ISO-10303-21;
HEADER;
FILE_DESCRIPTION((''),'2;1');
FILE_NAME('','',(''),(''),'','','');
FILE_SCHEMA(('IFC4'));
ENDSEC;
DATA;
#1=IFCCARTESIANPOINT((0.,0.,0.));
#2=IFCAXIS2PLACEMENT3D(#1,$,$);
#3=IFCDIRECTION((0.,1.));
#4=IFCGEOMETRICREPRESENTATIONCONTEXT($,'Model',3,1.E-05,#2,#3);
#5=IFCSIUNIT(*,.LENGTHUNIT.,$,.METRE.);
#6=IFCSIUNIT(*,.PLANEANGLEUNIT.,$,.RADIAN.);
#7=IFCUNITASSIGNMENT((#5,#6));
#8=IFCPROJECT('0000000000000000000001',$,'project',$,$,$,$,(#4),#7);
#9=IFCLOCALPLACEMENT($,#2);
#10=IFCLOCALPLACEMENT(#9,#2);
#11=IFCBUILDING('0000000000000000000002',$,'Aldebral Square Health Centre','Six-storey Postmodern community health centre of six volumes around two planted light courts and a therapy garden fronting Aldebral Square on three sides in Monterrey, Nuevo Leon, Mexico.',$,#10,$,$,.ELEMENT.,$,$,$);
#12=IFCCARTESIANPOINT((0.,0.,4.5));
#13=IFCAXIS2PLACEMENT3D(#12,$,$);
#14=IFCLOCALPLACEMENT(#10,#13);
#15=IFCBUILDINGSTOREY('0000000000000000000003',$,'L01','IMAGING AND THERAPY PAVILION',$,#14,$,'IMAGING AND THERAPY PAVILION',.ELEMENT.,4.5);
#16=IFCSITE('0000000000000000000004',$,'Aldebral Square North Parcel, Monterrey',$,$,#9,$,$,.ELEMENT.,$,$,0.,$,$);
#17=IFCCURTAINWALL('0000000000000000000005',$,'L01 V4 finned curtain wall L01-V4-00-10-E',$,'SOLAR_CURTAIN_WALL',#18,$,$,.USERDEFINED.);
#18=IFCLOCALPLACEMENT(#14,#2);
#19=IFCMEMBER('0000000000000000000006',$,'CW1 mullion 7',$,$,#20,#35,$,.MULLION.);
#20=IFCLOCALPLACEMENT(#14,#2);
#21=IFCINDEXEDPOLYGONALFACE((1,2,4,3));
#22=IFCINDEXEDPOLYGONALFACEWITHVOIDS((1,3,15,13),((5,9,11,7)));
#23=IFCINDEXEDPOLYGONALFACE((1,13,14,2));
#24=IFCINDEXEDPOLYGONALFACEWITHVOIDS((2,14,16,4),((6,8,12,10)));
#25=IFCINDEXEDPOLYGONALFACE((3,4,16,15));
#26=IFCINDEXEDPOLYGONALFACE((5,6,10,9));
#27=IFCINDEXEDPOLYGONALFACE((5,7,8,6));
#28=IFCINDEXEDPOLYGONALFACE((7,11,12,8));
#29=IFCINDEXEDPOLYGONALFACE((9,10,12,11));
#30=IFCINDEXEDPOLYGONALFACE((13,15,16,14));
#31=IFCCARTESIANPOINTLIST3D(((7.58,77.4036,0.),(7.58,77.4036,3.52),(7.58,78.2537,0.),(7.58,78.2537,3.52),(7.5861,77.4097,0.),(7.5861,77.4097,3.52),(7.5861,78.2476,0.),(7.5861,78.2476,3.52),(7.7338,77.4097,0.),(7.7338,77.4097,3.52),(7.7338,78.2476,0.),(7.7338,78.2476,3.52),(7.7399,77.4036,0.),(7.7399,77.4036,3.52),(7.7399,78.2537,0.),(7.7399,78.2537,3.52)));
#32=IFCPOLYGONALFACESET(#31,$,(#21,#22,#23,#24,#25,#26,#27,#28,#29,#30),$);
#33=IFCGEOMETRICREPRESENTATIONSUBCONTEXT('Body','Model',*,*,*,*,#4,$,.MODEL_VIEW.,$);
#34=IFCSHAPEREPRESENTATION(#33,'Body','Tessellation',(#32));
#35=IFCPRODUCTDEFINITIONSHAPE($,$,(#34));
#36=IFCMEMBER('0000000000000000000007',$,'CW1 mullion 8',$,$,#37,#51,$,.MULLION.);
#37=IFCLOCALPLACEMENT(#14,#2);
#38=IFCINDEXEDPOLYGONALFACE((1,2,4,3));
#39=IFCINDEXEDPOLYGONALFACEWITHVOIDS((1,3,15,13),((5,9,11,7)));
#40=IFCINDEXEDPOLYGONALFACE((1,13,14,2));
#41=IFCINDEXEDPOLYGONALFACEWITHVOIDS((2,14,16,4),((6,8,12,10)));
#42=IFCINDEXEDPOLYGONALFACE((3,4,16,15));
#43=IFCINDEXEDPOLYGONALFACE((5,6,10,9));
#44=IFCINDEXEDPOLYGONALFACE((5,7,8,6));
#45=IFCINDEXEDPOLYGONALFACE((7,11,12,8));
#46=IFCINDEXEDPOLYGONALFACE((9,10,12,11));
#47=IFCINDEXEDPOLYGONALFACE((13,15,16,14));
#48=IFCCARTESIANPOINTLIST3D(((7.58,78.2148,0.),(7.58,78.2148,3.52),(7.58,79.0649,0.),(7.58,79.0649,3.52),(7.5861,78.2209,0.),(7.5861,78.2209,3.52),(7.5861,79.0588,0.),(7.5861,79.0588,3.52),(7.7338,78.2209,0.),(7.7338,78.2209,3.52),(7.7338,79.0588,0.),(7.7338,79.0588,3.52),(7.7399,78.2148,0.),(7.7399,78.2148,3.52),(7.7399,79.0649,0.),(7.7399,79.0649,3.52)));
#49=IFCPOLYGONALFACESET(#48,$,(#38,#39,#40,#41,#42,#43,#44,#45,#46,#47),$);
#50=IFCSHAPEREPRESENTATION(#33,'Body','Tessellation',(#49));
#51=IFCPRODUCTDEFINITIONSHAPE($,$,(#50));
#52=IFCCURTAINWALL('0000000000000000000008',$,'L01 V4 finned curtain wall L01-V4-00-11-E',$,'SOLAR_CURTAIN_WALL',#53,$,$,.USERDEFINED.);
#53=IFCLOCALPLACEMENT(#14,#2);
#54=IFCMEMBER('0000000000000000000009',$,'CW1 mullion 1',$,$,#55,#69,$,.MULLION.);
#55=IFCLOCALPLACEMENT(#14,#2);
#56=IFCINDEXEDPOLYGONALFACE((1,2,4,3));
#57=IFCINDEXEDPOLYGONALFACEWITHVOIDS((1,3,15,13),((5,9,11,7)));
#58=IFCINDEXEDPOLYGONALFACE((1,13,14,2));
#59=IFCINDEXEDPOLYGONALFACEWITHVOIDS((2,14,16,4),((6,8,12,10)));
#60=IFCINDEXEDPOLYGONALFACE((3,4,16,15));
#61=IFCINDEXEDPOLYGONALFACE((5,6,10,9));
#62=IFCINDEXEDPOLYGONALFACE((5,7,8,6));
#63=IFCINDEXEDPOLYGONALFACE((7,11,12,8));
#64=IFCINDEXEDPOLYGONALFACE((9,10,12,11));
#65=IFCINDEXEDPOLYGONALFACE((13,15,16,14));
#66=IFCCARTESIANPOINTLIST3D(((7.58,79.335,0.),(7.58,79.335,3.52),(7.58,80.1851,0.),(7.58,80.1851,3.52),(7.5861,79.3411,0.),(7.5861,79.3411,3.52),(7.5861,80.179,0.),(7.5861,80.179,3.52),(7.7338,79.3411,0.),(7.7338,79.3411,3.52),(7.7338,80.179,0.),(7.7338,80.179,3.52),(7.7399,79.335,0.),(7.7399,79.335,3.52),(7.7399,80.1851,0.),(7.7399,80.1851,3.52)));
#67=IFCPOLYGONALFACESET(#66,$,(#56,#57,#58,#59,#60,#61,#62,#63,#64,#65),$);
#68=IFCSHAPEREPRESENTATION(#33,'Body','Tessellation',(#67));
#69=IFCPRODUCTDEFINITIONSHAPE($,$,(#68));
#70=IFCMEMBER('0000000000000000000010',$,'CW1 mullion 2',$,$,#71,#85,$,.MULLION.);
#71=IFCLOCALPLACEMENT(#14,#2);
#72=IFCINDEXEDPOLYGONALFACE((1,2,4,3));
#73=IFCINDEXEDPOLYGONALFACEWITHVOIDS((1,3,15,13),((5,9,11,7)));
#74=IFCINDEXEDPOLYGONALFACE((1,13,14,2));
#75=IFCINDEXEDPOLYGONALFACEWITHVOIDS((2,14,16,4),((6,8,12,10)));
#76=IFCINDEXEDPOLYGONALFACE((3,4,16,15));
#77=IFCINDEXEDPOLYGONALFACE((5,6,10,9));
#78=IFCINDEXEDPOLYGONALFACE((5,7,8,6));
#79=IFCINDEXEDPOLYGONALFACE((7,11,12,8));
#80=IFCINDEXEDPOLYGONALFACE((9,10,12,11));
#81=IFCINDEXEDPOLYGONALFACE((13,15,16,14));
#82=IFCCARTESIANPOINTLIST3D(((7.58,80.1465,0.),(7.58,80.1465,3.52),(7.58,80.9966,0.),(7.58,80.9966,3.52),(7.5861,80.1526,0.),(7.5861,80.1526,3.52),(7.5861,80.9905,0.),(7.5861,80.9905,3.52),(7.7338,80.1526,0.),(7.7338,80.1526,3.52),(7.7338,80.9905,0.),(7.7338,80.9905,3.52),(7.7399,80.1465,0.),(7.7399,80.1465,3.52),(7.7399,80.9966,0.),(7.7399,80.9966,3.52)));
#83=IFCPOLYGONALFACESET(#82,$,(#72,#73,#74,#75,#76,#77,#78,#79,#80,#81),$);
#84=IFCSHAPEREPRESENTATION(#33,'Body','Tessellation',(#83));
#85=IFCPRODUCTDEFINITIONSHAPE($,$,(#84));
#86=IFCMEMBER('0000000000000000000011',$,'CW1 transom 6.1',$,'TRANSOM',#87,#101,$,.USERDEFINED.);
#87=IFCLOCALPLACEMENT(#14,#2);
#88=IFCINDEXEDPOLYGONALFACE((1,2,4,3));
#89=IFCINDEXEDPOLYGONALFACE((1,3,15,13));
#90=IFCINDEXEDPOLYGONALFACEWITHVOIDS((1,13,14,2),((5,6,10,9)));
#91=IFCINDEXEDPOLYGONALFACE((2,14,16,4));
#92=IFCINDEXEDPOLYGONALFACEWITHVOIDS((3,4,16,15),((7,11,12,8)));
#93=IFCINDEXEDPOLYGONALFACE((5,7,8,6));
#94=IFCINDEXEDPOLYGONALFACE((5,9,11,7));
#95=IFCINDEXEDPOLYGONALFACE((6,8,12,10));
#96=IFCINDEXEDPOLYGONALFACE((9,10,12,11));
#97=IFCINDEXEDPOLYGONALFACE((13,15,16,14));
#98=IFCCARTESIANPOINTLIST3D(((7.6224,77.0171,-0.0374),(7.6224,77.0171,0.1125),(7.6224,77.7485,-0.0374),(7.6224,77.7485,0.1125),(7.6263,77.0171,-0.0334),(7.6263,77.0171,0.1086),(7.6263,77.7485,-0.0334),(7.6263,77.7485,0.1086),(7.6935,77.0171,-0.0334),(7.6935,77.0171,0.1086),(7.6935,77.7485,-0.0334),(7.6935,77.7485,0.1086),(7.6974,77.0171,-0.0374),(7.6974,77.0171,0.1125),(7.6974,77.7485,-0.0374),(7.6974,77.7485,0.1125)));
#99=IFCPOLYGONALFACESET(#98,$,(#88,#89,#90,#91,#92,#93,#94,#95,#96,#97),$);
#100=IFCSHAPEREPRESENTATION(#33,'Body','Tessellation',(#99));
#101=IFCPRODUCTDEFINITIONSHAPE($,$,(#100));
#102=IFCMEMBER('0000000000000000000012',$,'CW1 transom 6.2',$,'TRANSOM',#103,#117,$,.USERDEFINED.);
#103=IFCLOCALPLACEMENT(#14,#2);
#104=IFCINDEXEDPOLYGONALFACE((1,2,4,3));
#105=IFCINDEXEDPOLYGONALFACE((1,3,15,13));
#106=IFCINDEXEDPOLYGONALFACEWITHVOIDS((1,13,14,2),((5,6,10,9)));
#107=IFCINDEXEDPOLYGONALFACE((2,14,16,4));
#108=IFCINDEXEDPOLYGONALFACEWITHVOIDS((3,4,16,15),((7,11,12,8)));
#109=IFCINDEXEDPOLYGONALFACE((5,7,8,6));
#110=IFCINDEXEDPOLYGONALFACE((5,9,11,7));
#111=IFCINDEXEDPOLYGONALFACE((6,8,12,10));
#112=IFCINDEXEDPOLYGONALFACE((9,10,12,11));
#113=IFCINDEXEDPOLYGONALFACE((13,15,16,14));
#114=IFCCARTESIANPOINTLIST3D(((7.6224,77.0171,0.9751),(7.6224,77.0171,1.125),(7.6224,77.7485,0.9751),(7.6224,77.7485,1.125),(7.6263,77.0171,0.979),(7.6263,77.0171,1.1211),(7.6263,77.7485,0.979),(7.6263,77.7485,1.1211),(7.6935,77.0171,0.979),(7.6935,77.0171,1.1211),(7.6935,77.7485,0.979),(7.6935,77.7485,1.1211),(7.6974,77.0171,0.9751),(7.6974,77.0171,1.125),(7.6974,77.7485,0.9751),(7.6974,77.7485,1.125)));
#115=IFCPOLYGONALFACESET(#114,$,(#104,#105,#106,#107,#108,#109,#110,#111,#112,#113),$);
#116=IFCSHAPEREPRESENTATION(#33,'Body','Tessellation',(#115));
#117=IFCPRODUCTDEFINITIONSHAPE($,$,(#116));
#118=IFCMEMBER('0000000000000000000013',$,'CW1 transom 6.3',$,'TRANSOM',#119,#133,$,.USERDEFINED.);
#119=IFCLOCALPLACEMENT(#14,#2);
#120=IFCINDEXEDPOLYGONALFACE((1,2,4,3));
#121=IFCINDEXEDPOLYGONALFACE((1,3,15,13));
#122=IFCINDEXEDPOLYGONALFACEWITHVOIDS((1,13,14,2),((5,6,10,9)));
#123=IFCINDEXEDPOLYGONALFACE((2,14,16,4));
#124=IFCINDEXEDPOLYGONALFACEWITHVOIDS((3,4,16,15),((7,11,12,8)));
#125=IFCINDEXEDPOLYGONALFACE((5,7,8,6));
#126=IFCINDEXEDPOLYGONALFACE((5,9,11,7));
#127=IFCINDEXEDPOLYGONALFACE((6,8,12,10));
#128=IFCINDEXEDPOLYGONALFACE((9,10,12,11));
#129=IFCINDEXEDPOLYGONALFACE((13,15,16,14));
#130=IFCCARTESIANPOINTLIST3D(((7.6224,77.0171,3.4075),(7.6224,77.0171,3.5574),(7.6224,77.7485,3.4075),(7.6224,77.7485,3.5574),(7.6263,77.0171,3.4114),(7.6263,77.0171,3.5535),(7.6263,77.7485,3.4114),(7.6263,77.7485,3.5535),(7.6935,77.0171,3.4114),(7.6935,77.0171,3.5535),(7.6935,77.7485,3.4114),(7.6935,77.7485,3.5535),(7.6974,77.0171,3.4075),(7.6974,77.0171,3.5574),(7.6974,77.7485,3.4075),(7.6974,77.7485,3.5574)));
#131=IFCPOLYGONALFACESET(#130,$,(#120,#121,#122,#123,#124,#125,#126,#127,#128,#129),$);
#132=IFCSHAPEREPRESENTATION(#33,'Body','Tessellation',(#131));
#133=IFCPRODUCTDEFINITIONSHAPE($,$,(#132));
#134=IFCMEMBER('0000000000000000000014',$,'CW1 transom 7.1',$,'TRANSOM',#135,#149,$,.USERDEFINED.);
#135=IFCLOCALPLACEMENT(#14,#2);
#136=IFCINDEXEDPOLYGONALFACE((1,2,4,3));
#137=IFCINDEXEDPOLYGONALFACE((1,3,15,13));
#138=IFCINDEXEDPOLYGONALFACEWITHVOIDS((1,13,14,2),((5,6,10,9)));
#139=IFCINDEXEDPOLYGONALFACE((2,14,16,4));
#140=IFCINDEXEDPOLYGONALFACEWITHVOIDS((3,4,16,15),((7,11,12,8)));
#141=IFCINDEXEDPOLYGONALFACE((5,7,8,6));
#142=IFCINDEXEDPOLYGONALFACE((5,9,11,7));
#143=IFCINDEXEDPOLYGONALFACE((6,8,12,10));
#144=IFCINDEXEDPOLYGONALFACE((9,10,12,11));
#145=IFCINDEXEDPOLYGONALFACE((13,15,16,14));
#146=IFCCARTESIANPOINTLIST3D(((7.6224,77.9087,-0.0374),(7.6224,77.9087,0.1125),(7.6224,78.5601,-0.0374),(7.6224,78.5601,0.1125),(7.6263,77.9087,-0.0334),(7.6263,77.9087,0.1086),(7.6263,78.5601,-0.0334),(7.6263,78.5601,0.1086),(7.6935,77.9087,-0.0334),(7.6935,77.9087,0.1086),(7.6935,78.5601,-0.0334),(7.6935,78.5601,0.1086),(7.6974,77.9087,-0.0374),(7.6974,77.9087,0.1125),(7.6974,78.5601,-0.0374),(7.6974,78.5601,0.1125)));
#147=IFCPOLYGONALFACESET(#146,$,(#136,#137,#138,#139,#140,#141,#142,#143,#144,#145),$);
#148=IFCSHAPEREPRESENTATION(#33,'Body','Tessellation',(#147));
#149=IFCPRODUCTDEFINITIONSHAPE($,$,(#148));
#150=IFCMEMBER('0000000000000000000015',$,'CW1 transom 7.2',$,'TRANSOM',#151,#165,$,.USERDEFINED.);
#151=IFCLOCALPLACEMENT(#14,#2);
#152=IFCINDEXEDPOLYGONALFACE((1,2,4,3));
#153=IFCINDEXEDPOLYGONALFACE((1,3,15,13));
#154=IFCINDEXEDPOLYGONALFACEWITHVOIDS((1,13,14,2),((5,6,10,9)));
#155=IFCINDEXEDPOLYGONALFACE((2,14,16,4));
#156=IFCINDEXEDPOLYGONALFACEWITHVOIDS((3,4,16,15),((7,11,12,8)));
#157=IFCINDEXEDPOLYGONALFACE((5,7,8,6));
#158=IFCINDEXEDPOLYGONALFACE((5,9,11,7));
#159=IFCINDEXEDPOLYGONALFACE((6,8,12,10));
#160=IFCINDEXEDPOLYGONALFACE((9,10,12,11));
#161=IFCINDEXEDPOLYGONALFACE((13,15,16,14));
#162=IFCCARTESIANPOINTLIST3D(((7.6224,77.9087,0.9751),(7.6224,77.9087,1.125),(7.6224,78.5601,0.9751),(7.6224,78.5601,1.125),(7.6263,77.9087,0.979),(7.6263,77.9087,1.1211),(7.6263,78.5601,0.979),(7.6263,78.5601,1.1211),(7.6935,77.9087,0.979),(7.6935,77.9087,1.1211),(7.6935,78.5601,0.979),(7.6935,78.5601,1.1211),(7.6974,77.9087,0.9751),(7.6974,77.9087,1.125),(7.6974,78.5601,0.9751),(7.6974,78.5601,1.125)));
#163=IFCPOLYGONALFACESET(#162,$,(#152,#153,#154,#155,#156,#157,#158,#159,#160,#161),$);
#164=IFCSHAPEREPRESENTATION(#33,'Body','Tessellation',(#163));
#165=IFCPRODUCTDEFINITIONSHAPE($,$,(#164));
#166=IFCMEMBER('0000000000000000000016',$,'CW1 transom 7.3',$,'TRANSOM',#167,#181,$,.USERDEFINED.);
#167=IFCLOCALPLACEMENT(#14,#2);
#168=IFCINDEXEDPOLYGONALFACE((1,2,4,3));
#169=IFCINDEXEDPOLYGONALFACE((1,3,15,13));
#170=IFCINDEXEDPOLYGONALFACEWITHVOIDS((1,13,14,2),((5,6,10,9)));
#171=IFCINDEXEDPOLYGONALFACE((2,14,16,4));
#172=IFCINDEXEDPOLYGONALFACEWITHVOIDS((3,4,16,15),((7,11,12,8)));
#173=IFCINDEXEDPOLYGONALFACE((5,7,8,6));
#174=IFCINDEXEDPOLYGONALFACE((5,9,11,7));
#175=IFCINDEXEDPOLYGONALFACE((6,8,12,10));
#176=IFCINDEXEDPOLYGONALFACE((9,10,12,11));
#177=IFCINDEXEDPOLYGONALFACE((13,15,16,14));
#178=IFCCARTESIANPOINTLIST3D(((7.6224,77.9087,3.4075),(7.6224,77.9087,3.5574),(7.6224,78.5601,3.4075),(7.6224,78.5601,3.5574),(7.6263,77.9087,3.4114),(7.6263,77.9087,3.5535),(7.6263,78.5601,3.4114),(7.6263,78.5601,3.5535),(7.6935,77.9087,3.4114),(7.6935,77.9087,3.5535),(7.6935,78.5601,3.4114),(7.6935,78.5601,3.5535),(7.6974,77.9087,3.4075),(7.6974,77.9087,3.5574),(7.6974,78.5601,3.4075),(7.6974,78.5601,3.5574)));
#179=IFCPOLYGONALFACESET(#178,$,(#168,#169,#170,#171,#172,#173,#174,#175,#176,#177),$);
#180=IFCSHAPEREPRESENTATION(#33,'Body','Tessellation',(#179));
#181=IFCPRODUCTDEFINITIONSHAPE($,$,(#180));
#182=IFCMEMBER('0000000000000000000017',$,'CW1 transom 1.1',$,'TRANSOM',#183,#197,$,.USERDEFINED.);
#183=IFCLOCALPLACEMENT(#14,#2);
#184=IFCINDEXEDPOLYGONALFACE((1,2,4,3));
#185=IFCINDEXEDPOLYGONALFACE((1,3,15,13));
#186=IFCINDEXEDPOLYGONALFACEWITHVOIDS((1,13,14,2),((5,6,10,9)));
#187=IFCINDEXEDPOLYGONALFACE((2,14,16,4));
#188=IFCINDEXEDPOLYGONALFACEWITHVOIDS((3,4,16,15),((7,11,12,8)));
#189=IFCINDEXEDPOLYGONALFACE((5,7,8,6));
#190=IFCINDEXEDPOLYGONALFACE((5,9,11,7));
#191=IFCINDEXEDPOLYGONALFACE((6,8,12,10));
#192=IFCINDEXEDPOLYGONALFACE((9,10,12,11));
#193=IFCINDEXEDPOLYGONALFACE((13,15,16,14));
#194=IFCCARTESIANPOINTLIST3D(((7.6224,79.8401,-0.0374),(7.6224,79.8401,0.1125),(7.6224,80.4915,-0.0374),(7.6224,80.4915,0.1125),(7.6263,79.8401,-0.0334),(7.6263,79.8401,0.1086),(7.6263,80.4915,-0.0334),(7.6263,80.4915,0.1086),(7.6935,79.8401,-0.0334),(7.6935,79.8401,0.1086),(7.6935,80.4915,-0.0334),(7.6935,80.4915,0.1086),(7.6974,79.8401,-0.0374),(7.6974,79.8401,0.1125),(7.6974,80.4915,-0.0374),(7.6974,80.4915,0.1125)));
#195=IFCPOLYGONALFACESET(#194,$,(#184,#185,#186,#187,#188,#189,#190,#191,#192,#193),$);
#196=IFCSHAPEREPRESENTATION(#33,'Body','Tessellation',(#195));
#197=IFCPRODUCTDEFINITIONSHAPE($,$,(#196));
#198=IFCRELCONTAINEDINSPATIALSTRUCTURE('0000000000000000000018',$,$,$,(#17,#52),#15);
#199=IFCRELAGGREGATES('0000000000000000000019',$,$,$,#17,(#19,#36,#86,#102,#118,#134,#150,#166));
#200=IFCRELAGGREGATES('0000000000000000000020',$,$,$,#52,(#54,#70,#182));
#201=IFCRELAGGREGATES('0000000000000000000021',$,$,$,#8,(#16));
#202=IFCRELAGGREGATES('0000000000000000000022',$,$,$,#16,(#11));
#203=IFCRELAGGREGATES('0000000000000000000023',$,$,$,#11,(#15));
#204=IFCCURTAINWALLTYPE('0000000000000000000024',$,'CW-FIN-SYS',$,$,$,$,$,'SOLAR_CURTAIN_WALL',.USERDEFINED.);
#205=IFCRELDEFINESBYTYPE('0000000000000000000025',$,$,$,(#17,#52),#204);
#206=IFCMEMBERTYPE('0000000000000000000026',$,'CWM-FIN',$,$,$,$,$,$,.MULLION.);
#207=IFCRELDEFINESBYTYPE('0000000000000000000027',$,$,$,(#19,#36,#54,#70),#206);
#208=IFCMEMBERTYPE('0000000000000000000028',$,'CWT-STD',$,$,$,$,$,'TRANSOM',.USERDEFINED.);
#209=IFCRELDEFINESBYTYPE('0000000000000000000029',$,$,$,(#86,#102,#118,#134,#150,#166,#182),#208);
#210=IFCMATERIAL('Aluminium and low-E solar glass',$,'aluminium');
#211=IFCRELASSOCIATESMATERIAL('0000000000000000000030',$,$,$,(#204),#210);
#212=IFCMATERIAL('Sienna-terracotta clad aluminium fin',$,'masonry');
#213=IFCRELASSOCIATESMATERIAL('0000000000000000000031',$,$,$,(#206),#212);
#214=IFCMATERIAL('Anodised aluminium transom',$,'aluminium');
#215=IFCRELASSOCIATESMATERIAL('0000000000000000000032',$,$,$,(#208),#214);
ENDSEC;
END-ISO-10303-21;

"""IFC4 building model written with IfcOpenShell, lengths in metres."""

from ifc_helpers import new_model, si_unit, direction, frame, origin, origin_2d, place, context, subcontext, project, spatial, hollow_rectangle, extrude, material, material_profile, profile_set, type_object, element, aggregate, save


model = new_model("IFC4")

# Units and contexts
model_context = context("Model", 3, precision=1e-05, world=origin(), true_north=direction((0.0, 1.0)))
body_context = subcontext(model_context, "Body", "Model", "MODEL_VIEW")
ifc_project = project(units=[si_unit("LENGTHUNIT", "METRE"), si_unit("PLANEANGLEUNIT", "RADIAN")], contexts=[model_context])

# Site, building, storey
site_placement = place(None, origin())
site = spatial("IfcSite", under=ifc_project, at=site_placement, Name="Aldebral Square North Parcel, Monterrey", CompositionType="ELEMENT", RefElevation=0.0)
building_placement = place(site_placement, origin())
building = spatial("IfcBuilding", under=site, at=building_placement, Name="Aldebral Square Health Centre", Description="Six-storey Postmodern community health centre of six volumes around two planted light courts and a therapy garden fronting Aldebral Square on three sides in Monterrey, Nuevo Leon, Mexico.", CompositionType="ELEMENT")
storey_placement = place(building_placement, frame((0.0, 0.0, 4.5)))
storey = spatial("IfcBuildingStorey", under=building, at=storey_placement, Name="L01", Description="IMAGING AND THERAPY PAVILION", LongName="IMAGING AND THERAPY PAVILION", CompositionType="ELEMENT", Elevation=4.5)

# Curtain walls, members
ifc_material_1 = material(Name="Aluminium and low-E solar glass", Category="aluminium")
curtain_wall_type = type_object("IfcCurtainWallType", Name="CW-FIN-SYS", ElementType="SOLAR_CURTAIN_WALL", PredefinedType="USERDEFINED", material=ifc_material_1)
curtain_wall_1_placement = place(storey_placement, origin())
curtain_wall_1 = element("IfcCurtainWall", 1, at=curtain_wall_1_placement, inside=storey, type_object=curtain_wall_type, Name="L01 V4 finned curtain wall L01-V4-00-10-E", ObjectType="SOLAR_CURTAIN_WALL", PredefinedType="USERDEFINED")
ifc_material_2 = material(Name="Sienna-terracotta clad aluminium fin", Category="masonry")
ifc_material_profile_1 = material_profile(ifc_material_2, hollow_rectangle(XDim=0.1599, YDim=0.8501, WallThickness=0.0061, at=origin_2d()), Name="FIN 160x850x6")
ifc_profile_set_1 = profile_set([ifc_material_profile_1], Name="Sienna-terracotta clad aluminium fin")
member_type_1 = type_object("IfcMemberType", Name="CWM-FIN", PredefinedType="MULLION", material=ifc_profile_set_1)
member_1_placement = place(storey_placement, frame((7.6599, 77.8286, 0.0), z_axis=(0.0, 0.0, 1.0), x_axis=(-1.0, 0.0, 0.0)))
member_1 = element("IfcMember", 2, at=member_1_placement, type_object=member_type_1, Name="CW1 mullion 7", PredefinedType="MULLION", context=body_context, shape_type="SweptSolid", body=[
    extrude(hollow_rectangle(XDim=0.1599, YDim=0.8501, WallThickness=0.0061, at=origin_2d()), origin(), (0.0, 0.0, 1.0), 3.52),
])
member_2_placement = place(storey_placement, frame((7.6599, 78.6399, 0.0), z_axis=(0.0, 0.0, 1.0), x_axis=(-1.0, 0.0, 0.0)))
member_2 = element("IfcMember", 3, at=member_2_placement, type_object=member_type_1, Name="CW1 mullion 8", PredefinedType="MULLION", context=body_context, shape_type="SweptSolid", body=[
    extrude(hollow_rectangle(XDim=0.1599, YDim=0.8501, WallThickness=0.0061, at=origin_2d()), origin(), (0.0, 0.0, 1.0), 3.52),
])
curtain_wall_2_placement = place(storey_placement, origin())
curtain_wall_2 = element("IfcCurtainWall", 4, at=curtain_wall_2_placement, inside=storey, type_object=curtain_wall_type, Name="L01 V4 finned curtain wall L01-V4-00-11-E", ObjectType="SOLAR_CURTAIN_WALL", PredefinedType="USERDEFINED")
member_3_placement = place(storey_placement, frame((7.6599, 79.76, 0.0), z_axis=(0.0, 0.0, 1.0), x_axis=(-1.0, 0.0, 0.0)))
member_3 = element("IfcMember", 5, at=member_3_placement, type_object=member_type_1, Name="CW1 mullion 1", PredefinedType="MULLION", context=body_context, shape_type="SweptSolid", body=[
    extrude(hollow_rectangle(XDim=0.1599, YDim=0.8501, WallThickness=0.0061, at=origin_2d()), origin(), (0.0, 0.0, 1.0), 3.52),
])
member_4_placement = place(storey_placement, frame((7.6599, 80.5715, 0.0), z_axis=(0.0, 0.0, 1.0), x_axis=(-1.0, 0.0, 0.0)))
member_4 = element("IfcMember", 6, at=member_4_placement, type_object=member_type_1, Name="CW1 mullion 2", PredefinedType="MULLION", context=body_context, shape_type="SweptSolid", body=[
    extrude(hollow_rectangle(XDim=0.1599, YDim=0.8501, WallThickness=0.0061, at=origin_2d()), origin(), (0.0, 0.0, 1.0), 3.52),
])

# Members
ifc_material_3 = material(Name="Anodised aluminium transom", Category="aluminium")
ifc_material_profile_2 = material_profile(ifc_material_3, hollow_rectangle(XDim=0.075, YDim=0.1499, WallThickness=0.0039, at=origin_2d()), Name="CWT 75x150x4")
ifc_profile_set_2 = profile_set([ifc_material_profile_2], Name="Anodised aluminium transom")
member_type_2 = type_object("IfcMemberType", Name="CWT-STD", ElementType="TRANSOM", PredefinedType="USERDEFINED", material=ifc_profile_set_2)
member_5_placement = place(storey_placement, frame((7.6599, 77.0171, 0.0376), z_axis=(0.0, 1.0, 0.0), x_axis=(-1.0, 0.0, 0.0)))
member_5 = element("IfcMember", 7, at=member_5_placement, type_object=member_type_2, Name="CW1 transom 6.1", ObjectType="TRANSOM", PredefinedType="USERDEFINED", context=body_context, shape_type="SweptSolid", body=[
    extrude(hollow_rectangle(XDim=0.075, YDim=0.1499, WallThickness=0.0039, at=origin_2d()), origin(), (0.0, 0.0, 1.0), 0.7314),
])
member_6_placement = place(storey_placement, frame((7.6599, 77.0171, 1.05), z_axis=(0.0, 1.0, 0.0), x_axis=(-1.0, 0.0, 0.0)))
member_6 = element("IfcMember", 8, at=member_6_placement, type_object=member_type_2, Name="CW1 transom 6.2", ObjectType="TRANSOM", PredefinedType="USERDEFINED", context=body_context, shape_type="SweptSolid", body=[
    extrude(hollow_rectangle(XDim=0.075, YDim=0.1499, WallThickness=0.0039, at=origin_2d()), origin(), (0.0, 0.0, 1.0), 0.7314),
])
member_7_placement = place(storey_placement, frame((7.6599, 77.0171, 3.4824), z_axis=(0.0, 1.0, 0.0), x_axis=(-1.0, 0.0, 0.0)))
member_7 = element("IfcMember", 9, at=member_7_placement, type_object=member_type_2, Name="CW1 transom 6.3", ObjectType="TRANSOM", PredefinedType="USERDEFINED", context=body_context, shape_type="SweptSolid", body=[
    extrude(hollow_rectangle(XDim=0.075, YDim=0.1499, WallThickness=0.0039, at=origin_2d()), origin(), (0.0, 0.0, 1.0), 0.7314),
])
member_8_placement = place(storey_placement, frame((7.6599, 77.9087, 0.0376), z_axis=(0.0, 1.0, 0.0), x_axis=(-1.0, 0.0, 0.0)))
member_8 = element("IfcMember", 10, at=member_8_placement, type_object=member_type_2, Name="CW1 transom 7.1", ObjectType="TRANSOM", PredefinedType="USERDEFINED", context=body_context, shape_type="SweptSolid", body=[
    extrude(hollow_rectangle(XDim=0.075, YDim=0.1499, WallThickness=0.0039, at=origin_2d()), origin(), (0.0, 0.0, 1.0), 0.6514),
])
member_9_placement = place(storey_placement, frame((7.6599, 77.9087, 1.05), z_axis=(0.0, 1.0, 0.0), x_axis=(-1.0, 0.0, 0.0)))
member_9 = element("IfcMember", 11, at=member_9_placement, type_object=member_type_2, Name="CW1 transom 7.2", ObjectType="TRANSOM", PredefinedType="USERDEFINED", context=body_context, shape_type="SweptSolid", body=[
    extrude(hollow_rectangle(XDim=0.075, YDim=0.1499, WallThickness=0.0039, at=origin_2d()), origin(), (0.0, 0.0, 1.0), 0.6514),
])
member_10_placement = place(storey_placement, frame((7.6599, 77.9087, 3.4824), z_axis=(0.0, 1.0, 0.0), x_axis=(-1.0, 0.0, 0.0)))
member_10 = element("IfcMember", 12, at=member_10_placement, type_object=member_type_2, Name="CW1 transom 7.3", ObjectType="TRANSOM", PredefinedType="USERDEFINED", context=body_context, shape_type="SweptSolid", body=[
    extrude(hollow_rectangle(XDim=0.075, YDim=0.1499, WallThickness=0.0039, at=origin_2d()), origin(), (0.0, 0.0, 1.0), 0.6514),
])
member_11_placement = place(storey_placement, frame((7.6599, 79.8401, 0.0376), z_axis=(0.0, 1.0, 0.0), x_axis=(-1.0, 0.0, 0.0)))
member_11 = element("IfcMember", 13, at=member_11_placement, type_object=member_type_2, Name="CW1 transom 1.1", ObjectType="TRANSOM", PredefinedType="USERDEFINED", context=body_context, shape_type="SweptSolid", body=[
    extrude(hollow_rectangle(XDim=0.075, YDim=0.1499, WallThickness=0.0039, at=origin_2d()), origin(), (0.0, 0.0, 1.0), 0.6514),
])

aggregate(curtain_wall_1, [member_1, member_2, member_5, member_6, member_7, member_8, member_9, member_10])
aggregate(curtain_wall_2, [member_3, member_4, member_11])

save(model, "model.ifc")
